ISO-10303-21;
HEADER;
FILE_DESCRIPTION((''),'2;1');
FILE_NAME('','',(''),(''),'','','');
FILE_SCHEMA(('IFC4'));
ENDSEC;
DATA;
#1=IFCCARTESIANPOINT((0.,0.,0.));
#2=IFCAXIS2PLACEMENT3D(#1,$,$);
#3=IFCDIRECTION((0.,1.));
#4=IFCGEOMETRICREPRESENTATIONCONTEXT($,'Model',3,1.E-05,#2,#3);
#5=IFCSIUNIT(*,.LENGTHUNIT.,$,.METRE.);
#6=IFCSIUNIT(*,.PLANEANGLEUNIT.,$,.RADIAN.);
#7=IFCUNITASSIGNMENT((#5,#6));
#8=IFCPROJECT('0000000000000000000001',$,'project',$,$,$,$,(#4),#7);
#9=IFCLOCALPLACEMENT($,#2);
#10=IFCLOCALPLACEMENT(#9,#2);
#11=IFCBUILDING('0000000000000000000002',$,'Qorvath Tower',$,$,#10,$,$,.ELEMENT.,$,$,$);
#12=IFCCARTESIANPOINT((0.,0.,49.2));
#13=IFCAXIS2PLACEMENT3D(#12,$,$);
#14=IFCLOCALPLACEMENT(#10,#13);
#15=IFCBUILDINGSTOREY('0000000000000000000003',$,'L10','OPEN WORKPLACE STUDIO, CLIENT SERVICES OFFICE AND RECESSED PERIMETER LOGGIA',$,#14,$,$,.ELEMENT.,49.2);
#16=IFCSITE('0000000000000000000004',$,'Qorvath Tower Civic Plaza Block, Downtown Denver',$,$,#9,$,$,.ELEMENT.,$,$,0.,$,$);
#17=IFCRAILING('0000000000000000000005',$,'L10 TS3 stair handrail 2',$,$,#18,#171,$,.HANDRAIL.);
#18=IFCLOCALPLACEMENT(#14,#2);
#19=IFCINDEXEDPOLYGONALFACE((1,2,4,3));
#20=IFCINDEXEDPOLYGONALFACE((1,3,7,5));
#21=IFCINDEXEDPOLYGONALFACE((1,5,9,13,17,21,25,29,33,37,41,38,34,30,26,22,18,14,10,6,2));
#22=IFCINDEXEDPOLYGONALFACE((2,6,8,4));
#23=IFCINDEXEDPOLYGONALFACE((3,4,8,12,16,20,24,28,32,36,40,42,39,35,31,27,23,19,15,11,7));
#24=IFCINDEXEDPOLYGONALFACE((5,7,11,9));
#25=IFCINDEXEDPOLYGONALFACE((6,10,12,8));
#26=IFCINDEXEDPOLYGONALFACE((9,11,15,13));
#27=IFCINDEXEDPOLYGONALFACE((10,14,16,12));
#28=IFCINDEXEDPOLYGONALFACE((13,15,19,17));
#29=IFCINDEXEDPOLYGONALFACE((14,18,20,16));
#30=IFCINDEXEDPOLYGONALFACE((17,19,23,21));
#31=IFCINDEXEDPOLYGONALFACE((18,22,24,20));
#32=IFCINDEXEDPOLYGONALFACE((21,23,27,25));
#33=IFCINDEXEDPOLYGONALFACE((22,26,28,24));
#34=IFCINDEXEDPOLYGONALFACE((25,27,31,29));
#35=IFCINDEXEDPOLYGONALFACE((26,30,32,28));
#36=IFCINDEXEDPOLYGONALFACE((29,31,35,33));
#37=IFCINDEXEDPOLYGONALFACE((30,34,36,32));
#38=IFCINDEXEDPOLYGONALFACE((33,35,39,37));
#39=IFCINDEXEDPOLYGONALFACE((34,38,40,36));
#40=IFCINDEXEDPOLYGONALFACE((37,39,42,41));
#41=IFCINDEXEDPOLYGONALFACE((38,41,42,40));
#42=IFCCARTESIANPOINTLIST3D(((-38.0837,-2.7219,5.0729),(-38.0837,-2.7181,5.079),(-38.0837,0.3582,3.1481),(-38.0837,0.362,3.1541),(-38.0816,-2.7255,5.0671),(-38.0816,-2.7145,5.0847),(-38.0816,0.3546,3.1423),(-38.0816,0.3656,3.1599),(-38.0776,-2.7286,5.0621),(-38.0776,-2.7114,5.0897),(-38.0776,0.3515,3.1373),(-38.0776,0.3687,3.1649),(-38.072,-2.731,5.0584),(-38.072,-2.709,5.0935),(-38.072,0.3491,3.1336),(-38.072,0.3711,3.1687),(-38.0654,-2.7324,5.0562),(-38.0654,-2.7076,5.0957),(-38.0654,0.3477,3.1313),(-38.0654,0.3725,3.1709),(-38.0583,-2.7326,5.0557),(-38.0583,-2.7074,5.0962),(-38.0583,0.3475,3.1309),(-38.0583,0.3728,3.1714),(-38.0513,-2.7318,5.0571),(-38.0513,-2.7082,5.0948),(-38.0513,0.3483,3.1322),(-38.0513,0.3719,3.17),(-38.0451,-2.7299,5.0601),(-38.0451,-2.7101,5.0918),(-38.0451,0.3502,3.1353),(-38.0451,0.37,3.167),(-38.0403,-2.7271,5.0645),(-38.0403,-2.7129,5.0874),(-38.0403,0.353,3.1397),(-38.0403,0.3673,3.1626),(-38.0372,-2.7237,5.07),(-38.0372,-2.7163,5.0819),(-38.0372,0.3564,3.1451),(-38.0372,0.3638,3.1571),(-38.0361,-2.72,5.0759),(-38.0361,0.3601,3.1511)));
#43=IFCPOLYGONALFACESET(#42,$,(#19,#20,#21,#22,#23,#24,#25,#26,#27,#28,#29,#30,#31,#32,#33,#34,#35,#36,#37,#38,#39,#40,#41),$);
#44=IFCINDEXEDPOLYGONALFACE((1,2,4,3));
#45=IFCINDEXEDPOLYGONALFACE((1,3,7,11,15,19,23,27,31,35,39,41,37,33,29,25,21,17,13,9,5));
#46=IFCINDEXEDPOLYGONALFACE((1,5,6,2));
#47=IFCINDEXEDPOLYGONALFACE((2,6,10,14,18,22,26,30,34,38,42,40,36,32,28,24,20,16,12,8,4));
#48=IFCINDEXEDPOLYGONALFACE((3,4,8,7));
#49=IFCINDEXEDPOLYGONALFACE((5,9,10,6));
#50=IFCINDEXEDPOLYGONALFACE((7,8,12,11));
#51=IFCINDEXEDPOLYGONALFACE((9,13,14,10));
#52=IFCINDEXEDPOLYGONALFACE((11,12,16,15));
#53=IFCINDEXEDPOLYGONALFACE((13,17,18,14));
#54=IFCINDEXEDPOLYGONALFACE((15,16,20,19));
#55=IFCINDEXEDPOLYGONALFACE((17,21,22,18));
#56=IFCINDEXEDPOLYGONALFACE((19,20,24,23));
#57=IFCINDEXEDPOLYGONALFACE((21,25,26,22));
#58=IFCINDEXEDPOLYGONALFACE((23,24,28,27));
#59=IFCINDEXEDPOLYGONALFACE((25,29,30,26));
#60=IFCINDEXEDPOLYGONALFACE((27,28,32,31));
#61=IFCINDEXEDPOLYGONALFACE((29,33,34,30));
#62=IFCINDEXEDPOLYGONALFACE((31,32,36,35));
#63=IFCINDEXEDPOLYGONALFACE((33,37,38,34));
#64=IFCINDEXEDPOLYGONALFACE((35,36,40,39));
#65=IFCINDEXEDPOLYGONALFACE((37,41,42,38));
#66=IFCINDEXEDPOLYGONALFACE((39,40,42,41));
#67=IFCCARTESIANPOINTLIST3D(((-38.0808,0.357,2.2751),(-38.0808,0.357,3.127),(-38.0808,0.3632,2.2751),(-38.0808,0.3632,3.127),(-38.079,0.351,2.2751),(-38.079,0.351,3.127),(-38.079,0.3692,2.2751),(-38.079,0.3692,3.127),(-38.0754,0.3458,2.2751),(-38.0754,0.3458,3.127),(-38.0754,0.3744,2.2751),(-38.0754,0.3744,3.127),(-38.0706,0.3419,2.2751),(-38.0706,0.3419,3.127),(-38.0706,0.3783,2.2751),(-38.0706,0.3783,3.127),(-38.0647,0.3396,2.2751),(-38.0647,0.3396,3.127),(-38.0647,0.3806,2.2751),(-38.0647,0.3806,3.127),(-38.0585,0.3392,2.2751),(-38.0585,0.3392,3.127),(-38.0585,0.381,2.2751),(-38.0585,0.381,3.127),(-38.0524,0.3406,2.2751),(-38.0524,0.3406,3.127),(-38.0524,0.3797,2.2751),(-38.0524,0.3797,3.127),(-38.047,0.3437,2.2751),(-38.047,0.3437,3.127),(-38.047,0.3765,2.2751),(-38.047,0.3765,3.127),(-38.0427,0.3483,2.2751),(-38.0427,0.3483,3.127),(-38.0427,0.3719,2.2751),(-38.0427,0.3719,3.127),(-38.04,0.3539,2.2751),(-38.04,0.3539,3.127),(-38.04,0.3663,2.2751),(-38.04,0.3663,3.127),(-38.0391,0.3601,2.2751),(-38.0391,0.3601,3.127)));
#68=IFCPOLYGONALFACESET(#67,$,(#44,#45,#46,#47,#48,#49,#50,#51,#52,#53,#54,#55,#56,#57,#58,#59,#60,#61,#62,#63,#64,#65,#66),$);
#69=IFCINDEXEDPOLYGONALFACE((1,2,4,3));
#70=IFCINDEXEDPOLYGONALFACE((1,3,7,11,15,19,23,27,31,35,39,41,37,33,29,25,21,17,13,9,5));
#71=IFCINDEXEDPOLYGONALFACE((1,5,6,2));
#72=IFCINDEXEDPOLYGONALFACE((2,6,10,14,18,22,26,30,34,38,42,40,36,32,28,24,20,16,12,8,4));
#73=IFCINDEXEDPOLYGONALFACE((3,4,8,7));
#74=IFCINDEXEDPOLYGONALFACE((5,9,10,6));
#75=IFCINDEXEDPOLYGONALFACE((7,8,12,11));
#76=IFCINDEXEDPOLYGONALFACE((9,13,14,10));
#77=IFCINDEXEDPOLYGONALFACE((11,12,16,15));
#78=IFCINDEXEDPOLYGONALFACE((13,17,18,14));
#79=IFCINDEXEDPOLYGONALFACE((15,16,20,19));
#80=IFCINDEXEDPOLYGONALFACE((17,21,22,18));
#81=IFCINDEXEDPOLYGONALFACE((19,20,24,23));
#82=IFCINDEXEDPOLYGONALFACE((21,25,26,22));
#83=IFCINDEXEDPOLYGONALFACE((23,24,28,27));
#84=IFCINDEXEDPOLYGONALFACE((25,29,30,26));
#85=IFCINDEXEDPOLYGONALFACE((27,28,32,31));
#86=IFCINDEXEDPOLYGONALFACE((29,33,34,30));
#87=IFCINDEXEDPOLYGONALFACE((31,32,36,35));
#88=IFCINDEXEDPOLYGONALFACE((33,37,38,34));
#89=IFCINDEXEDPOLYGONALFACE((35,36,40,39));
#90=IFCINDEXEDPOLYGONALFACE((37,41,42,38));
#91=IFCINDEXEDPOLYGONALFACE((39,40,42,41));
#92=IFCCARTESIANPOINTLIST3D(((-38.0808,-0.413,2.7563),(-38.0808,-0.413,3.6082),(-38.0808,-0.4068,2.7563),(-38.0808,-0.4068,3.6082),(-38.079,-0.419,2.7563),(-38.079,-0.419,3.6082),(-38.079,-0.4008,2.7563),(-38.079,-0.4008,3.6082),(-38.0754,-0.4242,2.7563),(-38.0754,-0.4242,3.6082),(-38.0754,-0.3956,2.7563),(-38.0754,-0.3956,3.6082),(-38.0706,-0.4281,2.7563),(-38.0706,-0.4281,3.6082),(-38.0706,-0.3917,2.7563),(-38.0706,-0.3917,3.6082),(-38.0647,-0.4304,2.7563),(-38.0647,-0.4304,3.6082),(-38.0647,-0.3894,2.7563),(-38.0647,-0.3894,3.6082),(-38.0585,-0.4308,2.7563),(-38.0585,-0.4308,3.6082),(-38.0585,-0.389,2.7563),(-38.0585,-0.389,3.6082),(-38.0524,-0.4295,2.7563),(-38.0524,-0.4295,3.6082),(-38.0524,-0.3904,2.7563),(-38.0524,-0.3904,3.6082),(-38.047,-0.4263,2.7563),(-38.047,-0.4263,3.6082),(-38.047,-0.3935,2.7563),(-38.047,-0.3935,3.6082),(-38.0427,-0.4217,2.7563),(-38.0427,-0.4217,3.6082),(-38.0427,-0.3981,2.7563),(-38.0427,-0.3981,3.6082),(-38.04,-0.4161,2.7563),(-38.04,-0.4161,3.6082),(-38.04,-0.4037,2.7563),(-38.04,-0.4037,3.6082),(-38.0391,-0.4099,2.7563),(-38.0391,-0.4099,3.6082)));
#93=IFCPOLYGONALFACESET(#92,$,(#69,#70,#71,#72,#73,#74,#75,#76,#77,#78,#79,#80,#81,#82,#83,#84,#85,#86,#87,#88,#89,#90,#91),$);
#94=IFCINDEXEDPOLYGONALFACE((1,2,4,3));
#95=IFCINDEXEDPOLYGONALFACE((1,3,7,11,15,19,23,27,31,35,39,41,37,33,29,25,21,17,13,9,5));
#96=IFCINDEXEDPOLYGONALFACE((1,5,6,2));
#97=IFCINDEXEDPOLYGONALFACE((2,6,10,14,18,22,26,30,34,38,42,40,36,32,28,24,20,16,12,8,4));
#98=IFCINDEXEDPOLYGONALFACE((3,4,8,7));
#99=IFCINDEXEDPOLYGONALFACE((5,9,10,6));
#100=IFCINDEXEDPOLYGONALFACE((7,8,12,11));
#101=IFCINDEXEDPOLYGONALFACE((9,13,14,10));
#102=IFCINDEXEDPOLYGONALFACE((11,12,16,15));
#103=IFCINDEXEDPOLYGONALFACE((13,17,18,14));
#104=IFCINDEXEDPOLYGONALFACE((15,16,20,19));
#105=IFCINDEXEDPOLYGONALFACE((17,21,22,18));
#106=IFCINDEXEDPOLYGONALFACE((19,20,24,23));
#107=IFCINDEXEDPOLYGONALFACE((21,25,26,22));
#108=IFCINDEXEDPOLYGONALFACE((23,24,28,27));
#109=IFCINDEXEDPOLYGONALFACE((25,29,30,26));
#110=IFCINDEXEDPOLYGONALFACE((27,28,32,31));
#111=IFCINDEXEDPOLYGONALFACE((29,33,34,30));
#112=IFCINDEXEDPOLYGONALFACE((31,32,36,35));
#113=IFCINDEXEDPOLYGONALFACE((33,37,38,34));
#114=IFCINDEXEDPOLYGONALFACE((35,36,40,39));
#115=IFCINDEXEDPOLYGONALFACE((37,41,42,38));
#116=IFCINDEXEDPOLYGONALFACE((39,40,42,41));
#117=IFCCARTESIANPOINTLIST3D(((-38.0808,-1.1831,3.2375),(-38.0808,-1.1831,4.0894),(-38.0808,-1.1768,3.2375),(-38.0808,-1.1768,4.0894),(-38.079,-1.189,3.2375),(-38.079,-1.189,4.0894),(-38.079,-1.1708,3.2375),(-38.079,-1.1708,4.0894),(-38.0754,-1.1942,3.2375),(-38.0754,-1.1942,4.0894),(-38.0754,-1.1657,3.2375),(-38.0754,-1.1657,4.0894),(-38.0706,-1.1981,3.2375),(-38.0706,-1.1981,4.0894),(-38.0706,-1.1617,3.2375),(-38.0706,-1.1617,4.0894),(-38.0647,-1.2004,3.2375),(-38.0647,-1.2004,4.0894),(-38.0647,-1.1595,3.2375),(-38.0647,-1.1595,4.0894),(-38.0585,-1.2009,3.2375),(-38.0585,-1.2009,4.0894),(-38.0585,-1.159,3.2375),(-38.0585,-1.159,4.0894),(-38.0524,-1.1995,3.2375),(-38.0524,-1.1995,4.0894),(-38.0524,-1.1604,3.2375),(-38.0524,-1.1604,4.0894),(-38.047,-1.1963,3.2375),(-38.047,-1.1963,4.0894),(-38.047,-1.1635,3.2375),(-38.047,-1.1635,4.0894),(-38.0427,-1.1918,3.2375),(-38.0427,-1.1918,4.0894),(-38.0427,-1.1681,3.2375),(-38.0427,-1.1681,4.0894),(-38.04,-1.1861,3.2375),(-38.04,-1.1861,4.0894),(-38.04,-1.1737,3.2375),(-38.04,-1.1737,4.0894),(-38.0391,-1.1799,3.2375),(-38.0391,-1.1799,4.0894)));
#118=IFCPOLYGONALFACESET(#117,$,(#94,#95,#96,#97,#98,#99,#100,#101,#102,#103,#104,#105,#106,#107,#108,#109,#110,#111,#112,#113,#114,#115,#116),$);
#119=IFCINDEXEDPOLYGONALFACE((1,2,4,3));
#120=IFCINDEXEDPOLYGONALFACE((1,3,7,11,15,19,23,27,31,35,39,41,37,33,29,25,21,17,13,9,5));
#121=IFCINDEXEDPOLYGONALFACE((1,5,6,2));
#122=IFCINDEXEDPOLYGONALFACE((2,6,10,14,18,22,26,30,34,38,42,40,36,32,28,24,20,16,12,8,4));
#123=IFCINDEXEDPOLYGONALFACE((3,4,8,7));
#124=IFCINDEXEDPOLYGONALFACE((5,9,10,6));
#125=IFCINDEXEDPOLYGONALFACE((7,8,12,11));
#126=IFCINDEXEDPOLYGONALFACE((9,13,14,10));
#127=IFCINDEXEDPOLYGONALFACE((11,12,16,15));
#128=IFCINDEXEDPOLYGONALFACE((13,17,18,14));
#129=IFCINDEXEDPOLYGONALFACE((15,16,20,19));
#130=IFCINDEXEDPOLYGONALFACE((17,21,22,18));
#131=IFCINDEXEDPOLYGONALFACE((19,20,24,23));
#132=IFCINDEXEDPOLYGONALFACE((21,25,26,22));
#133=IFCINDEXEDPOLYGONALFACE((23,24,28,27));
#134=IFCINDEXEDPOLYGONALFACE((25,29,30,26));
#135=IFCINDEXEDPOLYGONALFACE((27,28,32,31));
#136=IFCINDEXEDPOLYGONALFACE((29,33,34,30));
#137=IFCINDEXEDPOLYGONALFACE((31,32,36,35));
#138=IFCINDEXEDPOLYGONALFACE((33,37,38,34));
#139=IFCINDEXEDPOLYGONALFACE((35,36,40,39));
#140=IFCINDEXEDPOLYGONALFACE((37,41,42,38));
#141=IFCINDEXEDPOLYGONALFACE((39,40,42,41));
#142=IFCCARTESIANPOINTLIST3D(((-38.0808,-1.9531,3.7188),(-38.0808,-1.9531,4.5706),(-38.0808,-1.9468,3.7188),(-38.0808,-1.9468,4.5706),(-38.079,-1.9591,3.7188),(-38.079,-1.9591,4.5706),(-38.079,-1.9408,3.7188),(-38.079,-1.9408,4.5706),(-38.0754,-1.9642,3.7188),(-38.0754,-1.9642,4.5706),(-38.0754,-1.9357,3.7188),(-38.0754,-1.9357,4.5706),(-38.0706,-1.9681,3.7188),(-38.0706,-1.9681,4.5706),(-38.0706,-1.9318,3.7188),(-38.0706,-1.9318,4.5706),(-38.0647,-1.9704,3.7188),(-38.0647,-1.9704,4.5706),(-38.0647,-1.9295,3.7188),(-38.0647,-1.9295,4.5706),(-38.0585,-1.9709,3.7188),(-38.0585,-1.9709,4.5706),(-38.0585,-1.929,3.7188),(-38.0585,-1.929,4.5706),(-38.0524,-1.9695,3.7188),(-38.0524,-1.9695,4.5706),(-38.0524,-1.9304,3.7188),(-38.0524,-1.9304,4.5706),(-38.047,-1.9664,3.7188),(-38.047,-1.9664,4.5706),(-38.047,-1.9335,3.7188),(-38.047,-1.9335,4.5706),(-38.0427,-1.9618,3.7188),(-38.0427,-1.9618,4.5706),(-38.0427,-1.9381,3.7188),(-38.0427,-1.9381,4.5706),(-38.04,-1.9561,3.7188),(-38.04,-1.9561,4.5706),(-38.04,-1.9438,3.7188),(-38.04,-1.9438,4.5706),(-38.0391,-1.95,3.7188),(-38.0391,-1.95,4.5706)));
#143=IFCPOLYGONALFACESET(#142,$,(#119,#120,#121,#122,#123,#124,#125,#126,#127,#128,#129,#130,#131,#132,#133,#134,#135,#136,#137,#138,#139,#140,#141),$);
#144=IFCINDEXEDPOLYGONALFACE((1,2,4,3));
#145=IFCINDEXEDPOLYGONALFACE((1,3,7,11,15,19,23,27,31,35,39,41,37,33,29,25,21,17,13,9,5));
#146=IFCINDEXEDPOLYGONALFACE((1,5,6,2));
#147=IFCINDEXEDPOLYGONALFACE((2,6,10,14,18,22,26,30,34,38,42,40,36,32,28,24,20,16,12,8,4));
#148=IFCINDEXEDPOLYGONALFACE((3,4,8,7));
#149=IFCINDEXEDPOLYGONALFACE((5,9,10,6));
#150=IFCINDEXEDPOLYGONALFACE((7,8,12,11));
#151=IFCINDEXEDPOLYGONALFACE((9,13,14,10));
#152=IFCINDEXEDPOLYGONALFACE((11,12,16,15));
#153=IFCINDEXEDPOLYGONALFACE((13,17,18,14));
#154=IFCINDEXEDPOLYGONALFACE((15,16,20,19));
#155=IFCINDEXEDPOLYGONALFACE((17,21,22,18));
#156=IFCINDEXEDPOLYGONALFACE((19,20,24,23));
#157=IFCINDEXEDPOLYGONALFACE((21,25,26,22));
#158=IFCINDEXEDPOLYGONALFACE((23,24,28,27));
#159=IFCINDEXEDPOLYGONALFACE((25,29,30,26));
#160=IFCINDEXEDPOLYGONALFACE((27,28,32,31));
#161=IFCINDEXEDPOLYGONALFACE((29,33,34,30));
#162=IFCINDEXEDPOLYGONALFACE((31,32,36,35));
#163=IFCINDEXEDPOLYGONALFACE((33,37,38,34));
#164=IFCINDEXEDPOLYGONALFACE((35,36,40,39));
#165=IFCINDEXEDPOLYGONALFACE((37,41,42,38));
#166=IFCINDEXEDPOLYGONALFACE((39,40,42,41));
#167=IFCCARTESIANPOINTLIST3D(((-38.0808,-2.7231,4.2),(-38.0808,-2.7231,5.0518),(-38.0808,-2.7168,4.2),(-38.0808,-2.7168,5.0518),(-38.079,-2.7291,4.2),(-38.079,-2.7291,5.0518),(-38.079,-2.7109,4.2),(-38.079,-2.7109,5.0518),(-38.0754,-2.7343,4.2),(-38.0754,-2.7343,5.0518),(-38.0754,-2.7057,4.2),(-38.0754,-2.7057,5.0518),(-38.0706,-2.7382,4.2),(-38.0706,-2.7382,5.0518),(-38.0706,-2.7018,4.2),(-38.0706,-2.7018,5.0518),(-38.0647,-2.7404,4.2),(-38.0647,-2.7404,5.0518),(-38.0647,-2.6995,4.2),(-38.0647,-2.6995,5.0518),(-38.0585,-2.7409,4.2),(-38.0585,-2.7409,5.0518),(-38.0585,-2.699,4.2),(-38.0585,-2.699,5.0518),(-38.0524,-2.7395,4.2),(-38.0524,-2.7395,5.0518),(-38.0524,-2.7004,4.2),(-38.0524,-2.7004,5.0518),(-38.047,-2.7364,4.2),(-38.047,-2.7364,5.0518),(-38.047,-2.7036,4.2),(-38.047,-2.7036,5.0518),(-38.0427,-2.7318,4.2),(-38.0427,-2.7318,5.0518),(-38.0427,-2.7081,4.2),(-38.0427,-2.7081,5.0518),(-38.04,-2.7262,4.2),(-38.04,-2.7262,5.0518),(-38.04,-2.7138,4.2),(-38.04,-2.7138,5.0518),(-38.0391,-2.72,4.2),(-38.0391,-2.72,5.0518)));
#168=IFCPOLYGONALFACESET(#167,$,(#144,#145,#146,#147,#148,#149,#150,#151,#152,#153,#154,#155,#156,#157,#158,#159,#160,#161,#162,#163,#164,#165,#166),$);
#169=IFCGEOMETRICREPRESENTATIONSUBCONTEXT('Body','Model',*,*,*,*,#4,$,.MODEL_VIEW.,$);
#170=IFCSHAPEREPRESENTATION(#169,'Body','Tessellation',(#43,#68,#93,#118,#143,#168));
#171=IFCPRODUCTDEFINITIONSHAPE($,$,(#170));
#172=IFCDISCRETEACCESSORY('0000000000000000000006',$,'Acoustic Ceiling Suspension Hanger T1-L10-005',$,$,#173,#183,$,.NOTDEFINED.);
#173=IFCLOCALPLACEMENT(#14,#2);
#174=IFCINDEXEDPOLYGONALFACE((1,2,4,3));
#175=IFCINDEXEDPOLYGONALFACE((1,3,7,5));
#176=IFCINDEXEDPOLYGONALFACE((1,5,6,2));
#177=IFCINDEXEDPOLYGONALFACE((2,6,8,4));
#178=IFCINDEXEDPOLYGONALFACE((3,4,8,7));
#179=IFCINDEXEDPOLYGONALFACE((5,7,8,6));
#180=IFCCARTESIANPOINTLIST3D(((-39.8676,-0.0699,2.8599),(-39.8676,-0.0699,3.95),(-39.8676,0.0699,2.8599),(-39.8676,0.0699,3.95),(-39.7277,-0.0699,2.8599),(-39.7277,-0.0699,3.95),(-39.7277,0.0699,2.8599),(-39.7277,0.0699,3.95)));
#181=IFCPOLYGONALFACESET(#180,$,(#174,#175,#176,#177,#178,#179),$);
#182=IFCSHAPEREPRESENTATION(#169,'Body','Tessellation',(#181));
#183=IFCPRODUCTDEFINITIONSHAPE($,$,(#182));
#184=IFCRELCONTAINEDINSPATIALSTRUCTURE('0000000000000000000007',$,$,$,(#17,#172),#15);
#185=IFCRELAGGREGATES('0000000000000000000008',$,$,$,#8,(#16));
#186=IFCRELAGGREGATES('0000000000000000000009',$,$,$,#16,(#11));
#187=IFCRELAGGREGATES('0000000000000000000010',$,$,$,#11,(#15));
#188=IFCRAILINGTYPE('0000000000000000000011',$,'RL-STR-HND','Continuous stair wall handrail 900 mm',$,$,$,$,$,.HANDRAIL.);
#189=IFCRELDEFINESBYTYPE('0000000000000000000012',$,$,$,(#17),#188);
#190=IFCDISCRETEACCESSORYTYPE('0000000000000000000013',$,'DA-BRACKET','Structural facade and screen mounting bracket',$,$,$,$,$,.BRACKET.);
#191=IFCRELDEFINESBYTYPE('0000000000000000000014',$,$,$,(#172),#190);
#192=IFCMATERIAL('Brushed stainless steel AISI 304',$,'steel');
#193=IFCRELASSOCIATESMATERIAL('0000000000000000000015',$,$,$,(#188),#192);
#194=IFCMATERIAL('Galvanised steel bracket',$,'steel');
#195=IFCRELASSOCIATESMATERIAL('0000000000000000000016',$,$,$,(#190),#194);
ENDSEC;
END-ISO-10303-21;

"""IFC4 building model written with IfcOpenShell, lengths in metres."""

from ifc_helpers import new_model, si_unit, direction, frame, origin, origin_2d, place, context, subcontext, project, spatial, rectangle, circle, extrude, material, type_object, element, save


model = new_model("IFC4")

# Units and contexts
model_context = context("Model", 3, precision=1e-05, world=origin(), true_north=direction((0.0, 1.0)))
body_context = subcontext(model_context, "Body", "Model", "MODEL_VIEW")
ifc_project = project(units=[si_unit("LENGTHUNIT", "METRE"), si_unit("PLANEANGLEUNIT", "RADIAN")], contexts=[model_context])

# Site, building, storey
site_placement = place(None, origin())
site = spatial("IfcSite", under=ifc_project, at=site_placement, Name="Qorvath Tower Civic Plaza Block, Downtown Denver", CompositionType="ELEMENT", RefElevation=0.0)
building_placement = place(site_placement, origin())
building = spatial("IfcBuilding", under=site, at=building_placement, Name="Qorvath Tower", CompositionType="ELEMENT")
storey_placement = place(building_placement, frame((0.0, 0.0, 49.2)))
storey = spatial("IfcBuildingStorey", under=building, at=storey_placement, Name="L10", Description="OPEN WORKPLACE STUDIO, CLIENT SERVICES OFFICE AND RECESSED PERIMETER LOGGIA", CompositionType="ELEMENT", Elevation=49.2)

# Railing
ifc_material_1 = material(Name="Brushed stainless steel AISI 304", Category="steel")
railing_type_1 = type_object("IfcRailingType", Name="RL-STR-HND", Description="Continuous stair wall handrail 900 mm", PredefinedType="HANDRAIL", material=ifc_material_1)
railing_1_placement = place(storey_placement, frame((-38.0601, 0.3601, 2.2751)))
element("IfcRailing", 1, at=railing_1_placement, inside=storey, type_object=railing_type_1, Name="L10 TS3 stair handrail 2", PredefinedType="HANDRAIL", context=body_context, shape_type="SweptSolid", body=[
    extrude(circle(Radius=0.0239, at=origin_2d()), frame((0.0, 0.0, 0.876), z_axis=(0.0, -0.848029, 0.529951), x_axis=(1.0, 0.0, 0.0)), (0.0, 0.0, 1.0), 3.6321),
    extrude(circle(Radius=0.021, at=origin_2d()), origin(), (0.0, 0.0, 1.0), 0.8518),
    extrude(circle(Radius=0.021, at=origin_2d()), frame((0.0, -0.77, 0.4812)), (0.0, 0.0, 1.0), 0.8518),
    extrude(circle(Radius=0.021, at=origin_2d()), frame((0.0, -1.54, 0.9624)), (0.0, 0.0, 1.0), 0.8518),
    extrude(circle(Radius=0.021, at=origin_2d()), frame((0.0, -2.3101, 1.4436)), (0.0, 0.0, 1.0), 0.8518),
    extrude(circle(Radius=0.021, at=origin_2d()), frame((0.0, -3.0801, 1.9248)), (0.0, 0.0, 1.0), 0.8518),
])

# Discrete accessory
ifc_material_2 = material(Name="Galvanised steel bracket", Category="steel")
discrete_accessory_type = type_object("IfcDiscreteAccessoryType", Name="DA-BRACKET", Description="Structural facade and screen mounting bracket", PredefinedType="BRACKET", material=ifc_material_2)
discrete_accessory_placement = place(storey_placement, frame((-39.7976, 0.0, 2.8599), z_axis=(0.0, 0.0, 1.0), x_axis=(1.0, 0.0, 0.0)))
element("IfcDiscreteAccessory", 2, at=discrete_accessory_placement, inside=storey, type_object=discrete_accessory_type, Name="Acoustic Ceiling Suspension Hanger T1-L10-005", PredefinedType="NOTDEFINED", context=body_context, shape_type="SweptSolid", body=[
    extrude(rectangle(XDim=0.1399, YDim=0.1399, at=origin_2d()), origin(), (0.0, 0.0, 1.0), 1.0901),
])

save(model, "model.ifc")
